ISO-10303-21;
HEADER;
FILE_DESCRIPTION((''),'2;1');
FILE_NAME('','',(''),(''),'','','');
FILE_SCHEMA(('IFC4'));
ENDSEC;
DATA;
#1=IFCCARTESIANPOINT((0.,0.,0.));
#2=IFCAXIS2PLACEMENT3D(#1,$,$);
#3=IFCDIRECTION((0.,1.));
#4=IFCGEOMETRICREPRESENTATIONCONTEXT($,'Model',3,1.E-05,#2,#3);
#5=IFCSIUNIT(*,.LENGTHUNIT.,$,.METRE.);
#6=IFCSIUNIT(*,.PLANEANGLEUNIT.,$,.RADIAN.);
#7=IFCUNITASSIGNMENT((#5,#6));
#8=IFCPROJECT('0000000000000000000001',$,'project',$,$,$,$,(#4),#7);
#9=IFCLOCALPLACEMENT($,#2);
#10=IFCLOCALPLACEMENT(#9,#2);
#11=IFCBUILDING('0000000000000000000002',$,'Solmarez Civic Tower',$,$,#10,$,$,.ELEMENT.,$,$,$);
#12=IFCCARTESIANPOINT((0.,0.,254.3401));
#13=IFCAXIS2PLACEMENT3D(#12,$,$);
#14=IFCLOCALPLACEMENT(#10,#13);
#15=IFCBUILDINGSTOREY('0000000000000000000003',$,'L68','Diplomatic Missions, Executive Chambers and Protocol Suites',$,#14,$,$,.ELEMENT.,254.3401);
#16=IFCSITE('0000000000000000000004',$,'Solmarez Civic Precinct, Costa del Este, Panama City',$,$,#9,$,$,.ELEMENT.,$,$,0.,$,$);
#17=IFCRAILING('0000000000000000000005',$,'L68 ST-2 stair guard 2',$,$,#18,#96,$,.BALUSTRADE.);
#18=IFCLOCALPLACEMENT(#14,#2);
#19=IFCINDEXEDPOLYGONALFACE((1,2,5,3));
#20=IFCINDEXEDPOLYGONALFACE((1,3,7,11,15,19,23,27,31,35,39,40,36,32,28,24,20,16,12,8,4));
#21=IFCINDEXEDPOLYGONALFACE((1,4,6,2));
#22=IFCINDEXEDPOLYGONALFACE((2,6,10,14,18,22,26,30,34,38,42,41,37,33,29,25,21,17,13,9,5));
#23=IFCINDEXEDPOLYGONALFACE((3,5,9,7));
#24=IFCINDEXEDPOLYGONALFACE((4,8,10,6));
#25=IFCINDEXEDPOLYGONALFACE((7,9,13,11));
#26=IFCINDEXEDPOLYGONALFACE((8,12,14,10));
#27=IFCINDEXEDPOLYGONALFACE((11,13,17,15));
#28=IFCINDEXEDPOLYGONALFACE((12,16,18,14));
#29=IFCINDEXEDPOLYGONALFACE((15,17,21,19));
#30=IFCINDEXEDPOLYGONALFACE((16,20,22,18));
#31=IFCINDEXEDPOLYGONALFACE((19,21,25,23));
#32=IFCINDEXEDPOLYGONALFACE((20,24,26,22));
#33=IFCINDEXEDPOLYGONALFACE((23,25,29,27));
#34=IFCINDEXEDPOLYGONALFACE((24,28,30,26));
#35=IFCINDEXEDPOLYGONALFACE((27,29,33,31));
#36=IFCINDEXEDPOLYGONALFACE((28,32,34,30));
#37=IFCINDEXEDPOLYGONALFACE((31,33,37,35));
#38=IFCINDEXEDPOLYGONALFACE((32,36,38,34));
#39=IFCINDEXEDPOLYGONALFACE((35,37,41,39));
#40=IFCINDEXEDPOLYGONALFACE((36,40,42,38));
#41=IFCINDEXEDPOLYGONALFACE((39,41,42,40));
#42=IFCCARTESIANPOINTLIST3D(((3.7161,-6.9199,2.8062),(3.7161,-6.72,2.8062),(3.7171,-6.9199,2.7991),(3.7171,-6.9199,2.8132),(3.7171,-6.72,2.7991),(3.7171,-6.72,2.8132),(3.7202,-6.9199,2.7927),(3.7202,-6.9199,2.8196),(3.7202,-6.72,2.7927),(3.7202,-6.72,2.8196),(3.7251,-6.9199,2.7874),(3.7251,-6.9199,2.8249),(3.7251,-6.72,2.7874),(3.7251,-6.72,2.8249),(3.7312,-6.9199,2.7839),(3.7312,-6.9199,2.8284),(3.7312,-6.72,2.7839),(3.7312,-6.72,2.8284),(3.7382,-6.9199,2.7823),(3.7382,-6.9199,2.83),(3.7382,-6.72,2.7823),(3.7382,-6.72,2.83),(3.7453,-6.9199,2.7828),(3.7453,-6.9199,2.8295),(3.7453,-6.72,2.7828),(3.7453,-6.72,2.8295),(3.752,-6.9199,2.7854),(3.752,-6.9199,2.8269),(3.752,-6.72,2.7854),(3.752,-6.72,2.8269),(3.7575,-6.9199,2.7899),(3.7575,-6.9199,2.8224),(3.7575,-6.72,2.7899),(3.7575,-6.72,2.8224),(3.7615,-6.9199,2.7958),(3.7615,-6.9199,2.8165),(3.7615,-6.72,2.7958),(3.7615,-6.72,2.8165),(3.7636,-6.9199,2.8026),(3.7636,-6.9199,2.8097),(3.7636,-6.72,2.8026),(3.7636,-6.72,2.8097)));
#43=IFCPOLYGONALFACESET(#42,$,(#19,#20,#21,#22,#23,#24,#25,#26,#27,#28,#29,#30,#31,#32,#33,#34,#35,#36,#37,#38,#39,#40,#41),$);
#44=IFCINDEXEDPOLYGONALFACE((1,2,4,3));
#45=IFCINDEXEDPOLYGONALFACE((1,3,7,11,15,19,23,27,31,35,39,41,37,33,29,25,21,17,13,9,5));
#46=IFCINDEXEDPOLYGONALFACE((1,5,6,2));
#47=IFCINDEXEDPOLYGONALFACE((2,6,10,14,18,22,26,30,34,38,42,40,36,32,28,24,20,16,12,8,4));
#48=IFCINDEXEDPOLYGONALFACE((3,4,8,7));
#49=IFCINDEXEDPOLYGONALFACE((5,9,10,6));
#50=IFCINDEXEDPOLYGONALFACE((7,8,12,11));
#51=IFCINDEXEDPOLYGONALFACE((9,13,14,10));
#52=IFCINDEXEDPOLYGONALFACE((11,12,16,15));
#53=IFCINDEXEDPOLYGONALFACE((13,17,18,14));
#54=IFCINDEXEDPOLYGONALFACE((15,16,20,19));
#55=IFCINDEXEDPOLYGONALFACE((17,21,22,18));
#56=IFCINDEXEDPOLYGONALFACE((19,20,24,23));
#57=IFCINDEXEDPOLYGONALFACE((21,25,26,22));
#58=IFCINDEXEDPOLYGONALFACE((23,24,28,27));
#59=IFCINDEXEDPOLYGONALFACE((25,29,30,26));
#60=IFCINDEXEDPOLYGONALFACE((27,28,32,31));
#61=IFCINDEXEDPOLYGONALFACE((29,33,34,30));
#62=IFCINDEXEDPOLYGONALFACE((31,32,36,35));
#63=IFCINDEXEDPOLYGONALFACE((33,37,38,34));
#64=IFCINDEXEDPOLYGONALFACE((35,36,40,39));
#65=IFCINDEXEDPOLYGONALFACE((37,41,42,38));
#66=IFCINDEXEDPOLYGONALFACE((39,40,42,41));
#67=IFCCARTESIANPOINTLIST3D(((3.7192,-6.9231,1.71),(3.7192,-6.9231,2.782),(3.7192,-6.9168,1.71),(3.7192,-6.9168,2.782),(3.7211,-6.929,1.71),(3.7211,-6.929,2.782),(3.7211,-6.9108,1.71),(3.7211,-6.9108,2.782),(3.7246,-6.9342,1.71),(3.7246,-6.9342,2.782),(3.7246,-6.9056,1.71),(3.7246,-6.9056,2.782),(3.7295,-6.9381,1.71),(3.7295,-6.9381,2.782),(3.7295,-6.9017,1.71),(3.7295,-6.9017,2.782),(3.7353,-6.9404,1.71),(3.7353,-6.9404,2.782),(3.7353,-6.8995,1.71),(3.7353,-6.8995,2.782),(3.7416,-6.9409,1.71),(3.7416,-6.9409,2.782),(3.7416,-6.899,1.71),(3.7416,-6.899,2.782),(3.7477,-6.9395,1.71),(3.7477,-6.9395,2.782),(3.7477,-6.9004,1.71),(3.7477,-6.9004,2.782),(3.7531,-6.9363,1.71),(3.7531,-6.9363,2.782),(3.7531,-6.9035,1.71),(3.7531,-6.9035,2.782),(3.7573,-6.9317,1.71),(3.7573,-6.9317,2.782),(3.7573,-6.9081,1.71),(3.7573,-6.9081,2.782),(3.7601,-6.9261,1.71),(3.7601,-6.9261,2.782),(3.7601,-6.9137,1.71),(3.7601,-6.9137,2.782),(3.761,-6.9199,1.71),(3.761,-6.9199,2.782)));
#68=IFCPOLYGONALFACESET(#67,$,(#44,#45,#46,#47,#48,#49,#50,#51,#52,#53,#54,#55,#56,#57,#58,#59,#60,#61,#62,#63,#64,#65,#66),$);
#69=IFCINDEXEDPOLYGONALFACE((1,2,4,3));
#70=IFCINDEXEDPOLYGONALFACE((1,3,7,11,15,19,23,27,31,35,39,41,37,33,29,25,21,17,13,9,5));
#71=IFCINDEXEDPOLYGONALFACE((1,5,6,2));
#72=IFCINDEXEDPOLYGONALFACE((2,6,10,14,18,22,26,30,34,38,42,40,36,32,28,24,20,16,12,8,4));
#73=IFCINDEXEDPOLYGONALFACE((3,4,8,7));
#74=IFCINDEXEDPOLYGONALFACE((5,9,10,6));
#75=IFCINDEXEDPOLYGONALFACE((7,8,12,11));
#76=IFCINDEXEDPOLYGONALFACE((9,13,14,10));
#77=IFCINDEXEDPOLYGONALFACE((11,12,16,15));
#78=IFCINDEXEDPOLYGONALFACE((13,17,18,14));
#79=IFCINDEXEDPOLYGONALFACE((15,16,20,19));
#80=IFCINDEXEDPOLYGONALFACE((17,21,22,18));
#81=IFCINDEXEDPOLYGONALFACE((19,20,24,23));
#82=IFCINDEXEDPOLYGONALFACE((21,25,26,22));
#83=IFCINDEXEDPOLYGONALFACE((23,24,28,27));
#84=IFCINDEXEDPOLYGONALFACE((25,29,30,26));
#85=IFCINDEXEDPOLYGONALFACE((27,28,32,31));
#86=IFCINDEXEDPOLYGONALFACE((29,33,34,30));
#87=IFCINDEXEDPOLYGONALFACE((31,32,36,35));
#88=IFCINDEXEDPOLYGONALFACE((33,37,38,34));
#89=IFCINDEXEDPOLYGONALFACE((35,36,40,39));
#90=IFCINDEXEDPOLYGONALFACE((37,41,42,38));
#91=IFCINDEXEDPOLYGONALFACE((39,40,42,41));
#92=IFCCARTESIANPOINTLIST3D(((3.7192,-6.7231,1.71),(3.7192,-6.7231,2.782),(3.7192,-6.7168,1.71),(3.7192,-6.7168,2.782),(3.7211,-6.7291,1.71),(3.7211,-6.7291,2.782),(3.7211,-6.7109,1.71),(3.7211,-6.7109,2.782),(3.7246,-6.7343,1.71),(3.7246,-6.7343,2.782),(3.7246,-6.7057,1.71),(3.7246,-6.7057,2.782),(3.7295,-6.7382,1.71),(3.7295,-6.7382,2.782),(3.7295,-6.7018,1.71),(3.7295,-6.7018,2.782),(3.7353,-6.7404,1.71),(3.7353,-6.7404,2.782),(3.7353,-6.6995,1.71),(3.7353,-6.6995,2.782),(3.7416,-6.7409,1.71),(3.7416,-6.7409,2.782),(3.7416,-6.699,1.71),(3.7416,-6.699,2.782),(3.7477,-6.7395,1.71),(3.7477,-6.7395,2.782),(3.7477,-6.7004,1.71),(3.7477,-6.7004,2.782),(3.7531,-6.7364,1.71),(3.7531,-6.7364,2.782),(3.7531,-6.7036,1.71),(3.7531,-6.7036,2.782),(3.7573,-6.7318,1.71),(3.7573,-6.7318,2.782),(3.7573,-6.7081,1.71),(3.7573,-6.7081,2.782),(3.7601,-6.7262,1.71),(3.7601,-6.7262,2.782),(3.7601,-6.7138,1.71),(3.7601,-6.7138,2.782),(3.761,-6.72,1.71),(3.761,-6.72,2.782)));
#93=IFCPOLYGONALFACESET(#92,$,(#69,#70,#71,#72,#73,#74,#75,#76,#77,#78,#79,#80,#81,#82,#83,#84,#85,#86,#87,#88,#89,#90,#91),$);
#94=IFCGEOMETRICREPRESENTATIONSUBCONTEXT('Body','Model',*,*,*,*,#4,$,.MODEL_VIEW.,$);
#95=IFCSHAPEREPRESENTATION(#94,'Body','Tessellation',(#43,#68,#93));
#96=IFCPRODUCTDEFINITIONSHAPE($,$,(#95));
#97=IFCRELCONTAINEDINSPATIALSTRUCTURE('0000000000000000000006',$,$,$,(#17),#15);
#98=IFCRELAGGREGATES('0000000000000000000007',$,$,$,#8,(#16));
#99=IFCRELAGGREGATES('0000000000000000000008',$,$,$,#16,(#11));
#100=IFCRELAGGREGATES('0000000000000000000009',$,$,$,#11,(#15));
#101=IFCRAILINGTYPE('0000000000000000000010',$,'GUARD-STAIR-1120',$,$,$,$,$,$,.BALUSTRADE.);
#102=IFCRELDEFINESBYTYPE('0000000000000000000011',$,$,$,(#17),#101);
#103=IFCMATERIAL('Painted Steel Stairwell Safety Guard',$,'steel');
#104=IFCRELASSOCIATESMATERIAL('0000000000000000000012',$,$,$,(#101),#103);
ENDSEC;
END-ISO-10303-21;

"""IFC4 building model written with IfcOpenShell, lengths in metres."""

from ifc_helpers import new_model, si_unit, direction, frame, origin, origin_2d, place, context, subcontext, project, spatial, circle, extrude, material, type_object, element, save


model = new_model("IFC4")

# Units and contexts
model_context = context("Model", 3, precision=1e-05, world=origin(), true_north=direction((0.0, 1.0)))
body_context = subcontext(model_context, "Body", "Model", "MODEL_VIEW")
ifc_project = project(units=[si_unit("LENGTHUNIT", "METRE"), si_unit("PLANEANGLEUNIT", "RADIAN")], contexts=[model_context])

# Site, building, storey
site_placement = place(None, origin())
site = spatial("IfcSite", under=ifc_project, at=site_placement, Name="Solmarez Civic Precinct, Costa del Este, Panama City", CompositionType="ELEMENT", RefElevation=0.0)
building_placement = place(site_placement, origin())
building = spatial("IfcBuilding", under=site, at=building_placement, Name="Solmarez Civic Tower", CompositionType="ELEMENT")
storey_placement = place(building_placement, frame((0.0, 0.0, 254.3401)))
storey = spatial("IfcBuildingStorey", under=building, at=storey_placement, Name="L68", Description="Diplomatic Missions, Executive Chambers and Protocol Suites", CompositionType="ELEMENT", Elevation=254.3401)

# Railing
ifc_material_1 = material(Name="Painted Steel Stairwell Safety Guard", Category="steel")
railing_type = type_object("IfcRailingType", Name="GUARD-STAIR-1120", PredefinedType="BALUSTRADE", material=ifc_material_1)
railing_1_placement = place(storey_placement, frame((3.74, -6.9199, 1.71)))
element("IfcRailing", 1, at=railing_1_placement, inside=storey, type_object=railing_type, Name="L68 ST-2 stair guard 2", PredefinedType="BALUSTRADE", context=body_context, shape_type="SweptSolid", body=[
    extrude(circle(Radius=0.0239, at=origin_2d()), frame((0.0, 0.0, 1.0962), z_axis=(0.0, 1.0, 0.0), x_axis=(-1.0, 0.0, 0.0)), (0.0, 0.0, 1.0), 0.2),
    extrude(circle(Radius=0.021, at=origin_2d()), origin(), (0.0, 0.0, 1.0), 1.072),
    extrude(circle(Radius=0.021, at=origin_2d()), frame((0.0, 0.2, 0.0)), (0.0, 0.0, 1.0), 1.072),
])

save(model, "model.ifc")
